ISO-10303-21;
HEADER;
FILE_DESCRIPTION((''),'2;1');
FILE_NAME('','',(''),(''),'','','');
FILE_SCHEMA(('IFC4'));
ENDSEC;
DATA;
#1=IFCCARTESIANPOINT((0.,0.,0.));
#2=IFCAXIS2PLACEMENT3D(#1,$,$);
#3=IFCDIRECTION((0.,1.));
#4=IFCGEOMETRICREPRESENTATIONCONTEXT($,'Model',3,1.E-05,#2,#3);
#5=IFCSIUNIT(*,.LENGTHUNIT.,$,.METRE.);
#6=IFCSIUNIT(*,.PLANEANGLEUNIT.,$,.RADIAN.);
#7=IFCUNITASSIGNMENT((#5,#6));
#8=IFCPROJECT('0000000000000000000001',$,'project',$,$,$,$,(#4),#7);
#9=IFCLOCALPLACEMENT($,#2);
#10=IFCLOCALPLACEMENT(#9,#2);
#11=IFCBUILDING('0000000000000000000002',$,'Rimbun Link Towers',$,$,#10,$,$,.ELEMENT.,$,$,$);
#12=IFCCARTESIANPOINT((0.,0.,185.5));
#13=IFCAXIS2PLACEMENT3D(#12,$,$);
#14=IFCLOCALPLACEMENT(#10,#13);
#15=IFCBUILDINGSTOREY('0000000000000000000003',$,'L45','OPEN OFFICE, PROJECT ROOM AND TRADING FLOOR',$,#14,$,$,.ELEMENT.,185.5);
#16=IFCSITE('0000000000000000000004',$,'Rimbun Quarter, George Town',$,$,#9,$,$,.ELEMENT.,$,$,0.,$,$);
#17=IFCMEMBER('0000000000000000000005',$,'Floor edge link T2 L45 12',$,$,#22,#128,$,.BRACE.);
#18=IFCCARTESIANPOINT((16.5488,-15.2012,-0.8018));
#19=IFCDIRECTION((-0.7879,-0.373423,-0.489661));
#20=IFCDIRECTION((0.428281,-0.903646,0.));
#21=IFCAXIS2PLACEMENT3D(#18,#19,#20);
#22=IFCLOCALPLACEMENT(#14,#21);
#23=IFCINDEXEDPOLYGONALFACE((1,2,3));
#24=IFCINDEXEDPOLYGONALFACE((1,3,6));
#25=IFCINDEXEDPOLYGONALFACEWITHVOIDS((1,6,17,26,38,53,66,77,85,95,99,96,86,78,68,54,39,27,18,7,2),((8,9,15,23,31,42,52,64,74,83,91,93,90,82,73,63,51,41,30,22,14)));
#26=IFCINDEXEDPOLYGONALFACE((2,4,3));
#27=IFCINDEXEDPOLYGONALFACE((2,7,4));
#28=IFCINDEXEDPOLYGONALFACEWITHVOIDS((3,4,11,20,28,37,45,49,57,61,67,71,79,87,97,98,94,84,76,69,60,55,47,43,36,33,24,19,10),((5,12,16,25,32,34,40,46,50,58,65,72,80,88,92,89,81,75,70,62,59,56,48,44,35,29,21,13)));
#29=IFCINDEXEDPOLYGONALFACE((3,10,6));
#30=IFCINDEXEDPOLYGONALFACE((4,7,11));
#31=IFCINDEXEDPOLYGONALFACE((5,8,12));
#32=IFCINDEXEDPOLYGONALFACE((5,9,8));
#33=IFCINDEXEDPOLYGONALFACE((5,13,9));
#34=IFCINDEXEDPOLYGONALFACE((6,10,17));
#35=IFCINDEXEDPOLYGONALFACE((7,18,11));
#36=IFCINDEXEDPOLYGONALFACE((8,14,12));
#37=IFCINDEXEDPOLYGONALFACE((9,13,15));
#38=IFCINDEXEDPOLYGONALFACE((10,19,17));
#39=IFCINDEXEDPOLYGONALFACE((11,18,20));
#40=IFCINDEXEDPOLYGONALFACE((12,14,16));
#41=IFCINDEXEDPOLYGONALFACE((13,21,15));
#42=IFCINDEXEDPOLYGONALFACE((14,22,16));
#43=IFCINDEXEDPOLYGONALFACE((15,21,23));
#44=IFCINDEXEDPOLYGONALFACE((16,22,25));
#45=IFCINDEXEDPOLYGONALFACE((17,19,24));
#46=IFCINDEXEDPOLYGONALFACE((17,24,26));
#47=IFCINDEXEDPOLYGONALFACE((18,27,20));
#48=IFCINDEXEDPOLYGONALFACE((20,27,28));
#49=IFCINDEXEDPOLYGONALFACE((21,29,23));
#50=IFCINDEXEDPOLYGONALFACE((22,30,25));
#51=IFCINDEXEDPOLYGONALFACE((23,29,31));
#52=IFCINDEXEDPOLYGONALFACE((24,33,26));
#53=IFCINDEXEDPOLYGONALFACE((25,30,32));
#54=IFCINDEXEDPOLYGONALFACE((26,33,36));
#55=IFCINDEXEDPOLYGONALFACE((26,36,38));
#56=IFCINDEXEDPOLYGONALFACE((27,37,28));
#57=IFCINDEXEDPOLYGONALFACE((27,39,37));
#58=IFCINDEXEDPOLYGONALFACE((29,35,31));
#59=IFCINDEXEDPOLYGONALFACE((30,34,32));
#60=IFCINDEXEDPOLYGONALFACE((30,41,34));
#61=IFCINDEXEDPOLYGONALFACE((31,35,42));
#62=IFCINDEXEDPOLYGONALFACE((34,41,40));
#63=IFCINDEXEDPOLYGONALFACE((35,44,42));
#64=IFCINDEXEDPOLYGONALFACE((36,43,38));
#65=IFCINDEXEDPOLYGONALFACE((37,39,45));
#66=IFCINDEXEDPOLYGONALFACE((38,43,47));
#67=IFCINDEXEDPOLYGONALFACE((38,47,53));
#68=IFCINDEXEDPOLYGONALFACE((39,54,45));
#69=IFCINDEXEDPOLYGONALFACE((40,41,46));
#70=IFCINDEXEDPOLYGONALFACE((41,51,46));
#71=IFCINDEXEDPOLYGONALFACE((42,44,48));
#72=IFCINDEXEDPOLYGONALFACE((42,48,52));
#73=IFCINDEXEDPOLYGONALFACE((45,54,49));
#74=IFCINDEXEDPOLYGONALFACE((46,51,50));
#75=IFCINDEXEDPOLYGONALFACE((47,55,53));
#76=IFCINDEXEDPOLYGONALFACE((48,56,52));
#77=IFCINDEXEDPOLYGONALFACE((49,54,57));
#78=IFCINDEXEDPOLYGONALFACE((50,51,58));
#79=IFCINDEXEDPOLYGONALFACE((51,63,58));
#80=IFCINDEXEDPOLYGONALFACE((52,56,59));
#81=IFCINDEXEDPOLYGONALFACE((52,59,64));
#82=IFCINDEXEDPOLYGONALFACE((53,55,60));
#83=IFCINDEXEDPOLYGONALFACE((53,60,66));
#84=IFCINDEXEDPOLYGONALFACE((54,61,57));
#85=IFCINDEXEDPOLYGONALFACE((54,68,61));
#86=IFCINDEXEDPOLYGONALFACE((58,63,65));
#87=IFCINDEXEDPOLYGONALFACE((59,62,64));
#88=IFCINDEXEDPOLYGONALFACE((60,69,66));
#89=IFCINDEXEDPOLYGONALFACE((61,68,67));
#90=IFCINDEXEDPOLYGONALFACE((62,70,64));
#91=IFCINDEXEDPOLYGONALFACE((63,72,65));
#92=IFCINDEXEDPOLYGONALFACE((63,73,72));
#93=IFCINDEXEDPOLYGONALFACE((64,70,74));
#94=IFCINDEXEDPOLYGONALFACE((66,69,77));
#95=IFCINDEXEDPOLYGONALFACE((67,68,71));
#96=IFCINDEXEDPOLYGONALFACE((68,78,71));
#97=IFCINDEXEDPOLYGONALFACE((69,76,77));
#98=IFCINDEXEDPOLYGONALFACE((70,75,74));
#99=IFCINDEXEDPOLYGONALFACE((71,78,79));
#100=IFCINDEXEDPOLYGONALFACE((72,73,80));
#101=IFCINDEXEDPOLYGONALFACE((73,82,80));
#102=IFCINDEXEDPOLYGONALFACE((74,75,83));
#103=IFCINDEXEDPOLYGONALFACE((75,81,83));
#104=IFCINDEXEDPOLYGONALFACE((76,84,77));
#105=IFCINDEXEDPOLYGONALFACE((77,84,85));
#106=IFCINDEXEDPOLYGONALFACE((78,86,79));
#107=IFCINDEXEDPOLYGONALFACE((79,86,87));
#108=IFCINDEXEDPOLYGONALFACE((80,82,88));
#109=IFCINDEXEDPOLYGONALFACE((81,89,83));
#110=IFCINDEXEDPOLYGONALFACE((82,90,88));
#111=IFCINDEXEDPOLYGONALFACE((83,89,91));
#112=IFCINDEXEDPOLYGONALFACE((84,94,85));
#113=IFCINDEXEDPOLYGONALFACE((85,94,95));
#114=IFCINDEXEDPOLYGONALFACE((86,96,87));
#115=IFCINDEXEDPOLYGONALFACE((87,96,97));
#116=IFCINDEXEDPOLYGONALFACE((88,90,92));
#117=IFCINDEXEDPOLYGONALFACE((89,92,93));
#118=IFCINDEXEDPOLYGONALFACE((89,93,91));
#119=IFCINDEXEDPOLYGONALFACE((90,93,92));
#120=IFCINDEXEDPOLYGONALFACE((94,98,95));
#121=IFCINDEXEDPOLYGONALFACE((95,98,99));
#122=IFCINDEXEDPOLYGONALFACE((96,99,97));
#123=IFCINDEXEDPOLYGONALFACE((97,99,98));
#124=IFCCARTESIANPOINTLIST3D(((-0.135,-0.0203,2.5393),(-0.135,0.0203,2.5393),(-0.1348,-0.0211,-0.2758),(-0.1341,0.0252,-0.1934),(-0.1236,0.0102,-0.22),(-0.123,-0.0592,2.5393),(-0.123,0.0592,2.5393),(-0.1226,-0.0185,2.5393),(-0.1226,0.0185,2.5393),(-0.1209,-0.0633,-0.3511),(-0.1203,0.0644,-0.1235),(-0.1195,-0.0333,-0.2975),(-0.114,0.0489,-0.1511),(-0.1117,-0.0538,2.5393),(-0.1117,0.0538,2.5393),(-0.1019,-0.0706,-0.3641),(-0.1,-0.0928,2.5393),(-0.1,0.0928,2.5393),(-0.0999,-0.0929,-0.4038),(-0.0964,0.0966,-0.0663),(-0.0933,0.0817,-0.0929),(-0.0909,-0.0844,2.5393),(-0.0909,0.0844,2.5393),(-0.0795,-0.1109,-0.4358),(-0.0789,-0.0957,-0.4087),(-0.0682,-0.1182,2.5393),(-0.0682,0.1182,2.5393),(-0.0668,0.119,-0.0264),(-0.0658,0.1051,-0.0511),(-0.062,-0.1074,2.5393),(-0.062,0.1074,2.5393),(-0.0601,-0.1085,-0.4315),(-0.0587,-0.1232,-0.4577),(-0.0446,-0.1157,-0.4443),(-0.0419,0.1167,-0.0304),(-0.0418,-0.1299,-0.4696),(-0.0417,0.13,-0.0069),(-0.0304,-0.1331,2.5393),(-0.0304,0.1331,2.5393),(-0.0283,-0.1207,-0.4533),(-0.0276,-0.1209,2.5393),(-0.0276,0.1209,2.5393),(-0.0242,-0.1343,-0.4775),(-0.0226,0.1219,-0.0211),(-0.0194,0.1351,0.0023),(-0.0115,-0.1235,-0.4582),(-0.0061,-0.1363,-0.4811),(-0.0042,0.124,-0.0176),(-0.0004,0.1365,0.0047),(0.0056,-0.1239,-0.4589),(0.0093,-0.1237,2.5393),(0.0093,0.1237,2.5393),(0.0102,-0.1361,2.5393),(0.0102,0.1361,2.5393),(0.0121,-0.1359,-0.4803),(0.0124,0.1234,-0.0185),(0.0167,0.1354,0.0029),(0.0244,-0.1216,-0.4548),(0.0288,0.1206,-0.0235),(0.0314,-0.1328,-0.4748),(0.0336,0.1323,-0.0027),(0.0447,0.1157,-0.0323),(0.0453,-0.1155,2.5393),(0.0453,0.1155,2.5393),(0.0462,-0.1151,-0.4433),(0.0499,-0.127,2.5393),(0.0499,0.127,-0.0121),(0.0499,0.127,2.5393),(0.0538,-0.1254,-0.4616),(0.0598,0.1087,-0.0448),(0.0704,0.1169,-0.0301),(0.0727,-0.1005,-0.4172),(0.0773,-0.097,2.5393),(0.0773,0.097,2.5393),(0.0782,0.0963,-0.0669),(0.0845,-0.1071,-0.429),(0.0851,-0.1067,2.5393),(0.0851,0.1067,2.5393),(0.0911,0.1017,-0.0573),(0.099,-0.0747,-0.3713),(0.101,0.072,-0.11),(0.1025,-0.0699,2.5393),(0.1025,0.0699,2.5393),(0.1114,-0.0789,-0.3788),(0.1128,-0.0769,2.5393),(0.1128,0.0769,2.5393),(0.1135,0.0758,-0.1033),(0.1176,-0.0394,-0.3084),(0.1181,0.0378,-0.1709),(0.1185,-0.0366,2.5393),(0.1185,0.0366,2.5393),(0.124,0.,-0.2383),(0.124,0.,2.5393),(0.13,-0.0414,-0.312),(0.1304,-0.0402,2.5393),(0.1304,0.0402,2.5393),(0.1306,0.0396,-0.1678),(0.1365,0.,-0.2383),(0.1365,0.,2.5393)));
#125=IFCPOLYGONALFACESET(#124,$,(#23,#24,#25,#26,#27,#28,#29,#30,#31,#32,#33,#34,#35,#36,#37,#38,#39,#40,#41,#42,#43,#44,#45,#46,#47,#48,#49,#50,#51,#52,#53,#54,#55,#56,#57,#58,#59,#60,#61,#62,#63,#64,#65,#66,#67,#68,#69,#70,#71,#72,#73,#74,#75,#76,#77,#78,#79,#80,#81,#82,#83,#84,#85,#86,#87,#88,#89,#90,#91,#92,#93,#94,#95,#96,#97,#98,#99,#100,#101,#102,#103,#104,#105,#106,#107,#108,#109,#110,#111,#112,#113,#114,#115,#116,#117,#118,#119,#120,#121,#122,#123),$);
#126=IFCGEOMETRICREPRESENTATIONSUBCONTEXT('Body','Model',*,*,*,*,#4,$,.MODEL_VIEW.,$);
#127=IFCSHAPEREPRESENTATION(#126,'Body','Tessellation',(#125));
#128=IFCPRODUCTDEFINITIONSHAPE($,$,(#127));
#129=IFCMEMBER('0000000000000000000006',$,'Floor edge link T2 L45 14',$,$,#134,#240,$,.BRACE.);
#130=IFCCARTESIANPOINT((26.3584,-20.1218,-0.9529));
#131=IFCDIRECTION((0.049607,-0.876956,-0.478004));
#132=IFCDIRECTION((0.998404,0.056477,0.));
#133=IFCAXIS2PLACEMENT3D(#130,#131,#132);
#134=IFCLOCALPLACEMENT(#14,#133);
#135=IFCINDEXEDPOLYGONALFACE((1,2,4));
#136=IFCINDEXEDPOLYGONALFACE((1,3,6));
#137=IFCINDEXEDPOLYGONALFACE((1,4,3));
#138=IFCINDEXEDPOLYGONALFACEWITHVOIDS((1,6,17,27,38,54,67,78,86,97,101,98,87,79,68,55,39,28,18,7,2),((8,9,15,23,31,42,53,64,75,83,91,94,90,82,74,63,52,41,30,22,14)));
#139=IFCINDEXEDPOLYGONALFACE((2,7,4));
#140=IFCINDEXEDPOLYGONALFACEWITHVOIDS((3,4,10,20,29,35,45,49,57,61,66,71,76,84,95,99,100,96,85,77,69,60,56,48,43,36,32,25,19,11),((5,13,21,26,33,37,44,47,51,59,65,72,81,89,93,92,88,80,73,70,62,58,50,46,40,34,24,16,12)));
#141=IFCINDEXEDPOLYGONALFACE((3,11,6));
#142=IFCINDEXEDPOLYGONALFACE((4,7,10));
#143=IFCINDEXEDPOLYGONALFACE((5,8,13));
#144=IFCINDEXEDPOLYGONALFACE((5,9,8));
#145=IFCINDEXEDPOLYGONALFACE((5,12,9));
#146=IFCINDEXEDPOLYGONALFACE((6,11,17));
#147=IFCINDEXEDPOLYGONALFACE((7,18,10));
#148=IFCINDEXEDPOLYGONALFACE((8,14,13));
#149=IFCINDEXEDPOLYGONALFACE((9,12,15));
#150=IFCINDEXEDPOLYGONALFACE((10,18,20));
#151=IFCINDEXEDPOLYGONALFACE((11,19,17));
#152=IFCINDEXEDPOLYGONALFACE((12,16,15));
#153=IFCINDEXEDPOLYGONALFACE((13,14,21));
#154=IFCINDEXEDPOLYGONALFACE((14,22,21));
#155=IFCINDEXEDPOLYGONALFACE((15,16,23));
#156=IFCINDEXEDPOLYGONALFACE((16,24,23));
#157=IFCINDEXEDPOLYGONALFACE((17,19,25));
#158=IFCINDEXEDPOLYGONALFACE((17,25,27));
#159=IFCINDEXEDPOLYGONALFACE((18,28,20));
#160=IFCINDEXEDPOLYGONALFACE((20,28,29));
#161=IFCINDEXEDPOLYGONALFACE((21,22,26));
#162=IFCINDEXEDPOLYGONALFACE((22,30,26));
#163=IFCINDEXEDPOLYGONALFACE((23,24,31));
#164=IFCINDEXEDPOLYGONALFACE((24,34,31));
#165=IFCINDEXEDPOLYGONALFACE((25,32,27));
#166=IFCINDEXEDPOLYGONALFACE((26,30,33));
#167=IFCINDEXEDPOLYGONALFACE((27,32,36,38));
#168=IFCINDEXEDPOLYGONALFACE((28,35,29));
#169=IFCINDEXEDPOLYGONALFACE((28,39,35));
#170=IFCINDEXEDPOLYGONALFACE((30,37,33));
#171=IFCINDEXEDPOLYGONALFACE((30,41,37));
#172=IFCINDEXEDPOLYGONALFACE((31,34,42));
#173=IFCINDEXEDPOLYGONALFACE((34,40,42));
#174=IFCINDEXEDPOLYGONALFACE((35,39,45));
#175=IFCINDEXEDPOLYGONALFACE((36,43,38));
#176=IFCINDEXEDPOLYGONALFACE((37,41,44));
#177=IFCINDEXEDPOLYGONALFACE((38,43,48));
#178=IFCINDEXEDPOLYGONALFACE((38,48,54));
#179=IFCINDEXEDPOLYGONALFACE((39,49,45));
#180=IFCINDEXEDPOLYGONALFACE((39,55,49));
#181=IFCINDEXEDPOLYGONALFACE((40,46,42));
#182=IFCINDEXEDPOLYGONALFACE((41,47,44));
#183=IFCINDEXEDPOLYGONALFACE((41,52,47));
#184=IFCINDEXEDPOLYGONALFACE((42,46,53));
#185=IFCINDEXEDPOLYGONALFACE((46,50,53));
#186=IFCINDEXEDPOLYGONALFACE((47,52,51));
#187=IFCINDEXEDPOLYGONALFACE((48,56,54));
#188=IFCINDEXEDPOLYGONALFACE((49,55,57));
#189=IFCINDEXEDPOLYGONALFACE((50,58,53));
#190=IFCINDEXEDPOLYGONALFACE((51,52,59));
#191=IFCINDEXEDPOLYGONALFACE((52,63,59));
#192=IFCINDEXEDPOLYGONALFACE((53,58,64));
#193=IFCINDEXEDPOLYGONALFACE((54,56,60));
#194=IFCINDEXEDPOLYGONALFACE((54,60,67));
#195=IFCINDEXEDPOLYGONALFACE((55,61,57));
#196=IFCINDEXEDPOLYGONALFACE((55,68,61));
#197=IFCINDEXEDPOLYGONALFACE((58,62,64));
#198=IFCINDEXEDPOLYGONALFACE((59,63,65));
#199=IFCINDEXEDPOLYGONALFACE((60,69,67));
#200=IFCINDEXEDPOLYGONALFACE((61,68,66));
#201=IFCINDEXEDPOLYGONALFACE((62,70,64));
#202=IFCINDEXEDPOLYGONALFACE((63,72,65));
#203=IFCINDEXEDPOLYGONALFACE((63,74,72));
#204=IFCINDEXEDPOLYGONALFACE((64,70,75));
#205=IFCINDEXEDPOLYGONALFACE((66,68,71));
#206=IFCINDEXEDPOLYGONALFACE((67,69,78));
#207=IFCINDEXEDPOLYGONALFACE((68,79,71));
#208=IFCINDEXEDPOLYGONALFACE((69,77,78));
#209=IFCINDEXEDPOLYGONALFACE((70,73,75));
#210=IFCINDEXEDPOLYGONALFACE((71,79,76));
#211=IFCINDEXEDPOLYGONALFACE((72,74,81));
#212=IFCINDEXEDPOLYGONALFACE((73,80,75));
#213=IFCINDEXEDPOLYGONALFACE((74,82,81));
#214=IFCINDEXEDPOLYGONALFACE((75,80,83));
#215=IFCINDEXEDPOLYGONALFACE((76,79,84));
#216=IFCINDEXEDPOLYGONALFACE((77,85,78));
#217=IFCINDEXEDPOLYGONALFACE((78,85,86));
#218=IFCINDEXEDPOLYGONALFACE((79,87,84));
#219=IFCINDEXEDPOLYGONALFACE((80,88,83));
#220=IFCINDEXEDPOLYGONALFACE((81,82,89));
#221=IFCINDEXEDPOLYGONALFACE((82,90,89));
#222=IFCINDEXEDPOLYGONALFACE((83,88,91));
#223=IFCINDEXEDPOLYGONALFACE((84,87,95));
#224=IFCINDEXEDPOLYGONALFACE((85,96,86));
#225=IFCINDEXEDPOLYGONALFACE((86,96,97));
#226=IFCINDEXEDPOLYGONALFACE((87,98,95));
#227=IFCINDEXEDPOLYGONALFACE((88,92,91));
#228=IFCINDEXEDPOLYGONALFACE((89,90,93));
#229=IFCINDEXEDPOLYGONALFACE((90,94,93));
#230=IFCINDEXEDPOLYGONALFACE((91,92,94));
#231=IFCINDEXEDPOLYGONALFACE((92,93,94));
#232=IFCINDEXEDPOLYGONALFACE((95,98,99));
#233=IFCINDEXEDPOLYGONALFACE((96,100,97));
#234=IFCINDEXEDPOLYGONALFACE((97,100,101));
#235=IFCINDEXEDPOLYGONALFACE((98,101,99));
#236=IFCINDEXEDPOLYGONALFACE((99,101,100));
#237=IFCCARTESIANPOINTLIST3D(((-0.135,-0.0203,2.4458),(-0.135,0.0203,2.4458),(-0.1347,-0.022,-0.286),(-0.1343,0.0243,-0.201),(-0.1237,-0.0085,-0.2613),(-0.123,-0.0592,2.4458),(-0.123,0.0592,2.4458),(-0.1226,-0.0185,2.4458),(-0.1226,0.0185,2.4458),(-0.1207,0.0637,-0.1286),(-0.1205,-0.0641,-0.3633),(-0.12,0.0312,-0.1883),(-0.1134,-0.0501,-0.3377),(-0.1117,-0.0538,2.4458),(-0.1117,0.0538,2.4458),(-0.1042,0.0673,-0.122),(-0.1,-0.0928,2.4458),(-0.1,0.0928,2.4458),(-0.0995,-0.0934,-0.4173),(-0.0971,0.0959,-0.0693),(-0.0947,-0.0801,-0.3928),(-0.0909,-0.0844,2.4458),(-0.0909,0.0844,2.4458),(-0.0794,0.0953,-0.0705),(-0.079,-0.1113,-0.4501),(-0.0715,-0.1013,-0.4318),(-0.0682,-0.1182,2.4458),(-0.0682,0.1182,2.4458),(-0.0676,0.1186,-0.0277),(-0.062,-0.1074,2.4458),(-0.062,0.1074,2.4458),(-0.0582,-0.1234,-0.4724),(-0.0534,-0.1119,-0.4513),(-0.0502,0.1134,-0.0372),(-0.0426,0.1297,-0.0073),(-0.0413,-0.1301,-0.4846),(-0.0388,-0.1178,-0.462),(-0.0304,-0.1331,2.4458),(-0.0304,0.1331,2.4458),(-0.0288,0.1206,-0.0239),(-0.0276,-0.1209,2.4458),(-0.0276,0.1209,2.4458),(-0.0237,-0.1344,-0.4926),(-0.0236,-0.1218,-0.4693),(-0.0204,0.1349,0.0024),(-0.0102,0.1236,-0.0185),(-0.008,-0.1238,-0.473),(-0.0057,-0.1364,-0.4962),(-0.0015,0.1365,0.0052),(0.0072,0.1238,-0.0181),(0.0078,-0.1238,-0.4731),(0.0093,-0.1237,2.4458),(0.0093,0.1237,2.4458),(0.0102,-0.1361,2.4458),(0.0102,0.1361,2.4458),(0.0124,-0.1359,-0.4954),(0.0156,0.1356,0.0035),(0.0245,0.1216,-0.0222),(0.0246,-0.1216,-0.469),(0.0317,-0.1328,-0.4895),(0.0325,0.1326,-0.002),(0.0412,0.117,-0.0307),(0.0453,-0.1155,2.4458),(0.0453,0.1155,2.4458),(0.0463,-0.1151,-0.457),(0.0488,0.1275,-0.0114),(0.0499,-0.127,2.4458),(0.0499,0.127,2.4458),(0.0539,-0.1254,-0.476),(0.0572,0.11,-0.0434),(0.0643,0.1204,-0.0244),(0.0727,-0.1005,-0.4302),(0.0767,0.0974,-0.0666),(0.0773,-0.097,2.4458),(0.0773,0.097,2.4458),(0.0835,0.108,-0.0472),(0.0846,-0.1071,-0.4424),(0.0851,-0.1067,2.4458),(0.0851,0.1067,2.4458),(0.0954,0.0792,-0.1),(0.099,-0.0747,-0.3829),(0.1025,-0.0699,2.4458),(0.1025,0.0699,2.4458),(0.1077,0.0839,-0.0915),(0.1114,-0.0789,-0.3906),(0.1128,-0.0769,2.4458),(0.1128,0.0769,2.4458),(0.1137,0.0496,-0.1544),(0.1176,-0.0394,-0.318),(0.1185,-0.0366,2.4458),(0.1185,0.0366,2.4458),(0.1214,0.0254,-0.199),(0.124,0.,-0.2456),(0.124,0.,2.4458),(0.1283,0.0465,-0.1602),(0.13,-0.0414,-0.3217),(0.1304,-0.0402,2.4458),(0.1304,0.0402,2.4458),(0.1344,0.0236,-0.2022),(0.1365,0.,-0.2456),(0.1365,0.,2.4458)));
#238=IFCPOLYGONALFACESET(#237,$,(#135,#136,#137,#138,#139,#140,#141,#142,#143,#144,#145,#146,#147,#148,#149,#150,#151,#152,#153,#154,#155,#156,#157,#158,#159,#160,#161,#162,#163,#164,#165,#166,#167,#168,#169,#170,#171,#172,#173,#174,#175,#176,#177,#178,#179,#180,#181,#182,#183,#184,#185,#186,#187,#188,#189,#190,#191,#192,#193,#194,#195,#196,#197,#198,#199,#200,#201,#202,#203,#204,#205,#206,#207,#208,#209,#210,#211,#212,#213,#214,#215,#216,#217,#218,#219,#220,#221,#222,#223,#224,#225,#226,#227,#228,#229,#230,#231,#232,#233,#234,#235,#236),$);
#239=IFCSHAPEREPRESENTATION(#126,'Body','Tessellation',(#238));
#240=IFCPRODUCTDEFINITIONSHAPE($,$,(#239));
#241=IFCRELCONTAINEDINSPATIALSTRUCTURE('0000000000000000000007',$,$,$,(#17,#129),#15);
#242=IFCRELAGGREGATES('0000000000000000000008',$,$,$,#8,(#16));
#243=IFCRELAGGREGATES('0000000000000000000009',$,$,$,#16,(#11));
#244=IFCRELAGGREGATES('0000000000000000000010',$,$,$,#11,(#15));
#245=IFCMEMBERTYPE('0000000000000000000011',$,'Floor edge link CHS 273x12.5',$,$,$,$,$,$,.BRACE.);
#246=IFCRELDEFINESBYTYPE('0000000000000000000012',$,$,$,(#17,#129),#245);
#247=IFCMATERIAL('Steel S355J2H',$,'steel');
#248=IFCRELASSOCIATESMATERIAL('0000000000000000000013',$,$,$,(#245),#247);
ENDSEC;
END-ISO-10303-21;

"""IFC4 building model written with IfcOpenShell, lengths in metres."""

from ifc_helpers import new_model, si_unit, direction, frame, origin, origin_2d, place, context, subcontext, project, spatial, hollow_circle, extrude, clip, halfspace, material, material_profile, profile_set, type_object, element, save


model = new_model("IFC4")

# Units and contexts
model_context = context("Model", 3, precision=1e-05, world=origin(), true_north=direction((0.0, 1.0)))
body_context = subcontext(model_context, "Body", "Model", "MODEL_VIEW")
ifc_project = project(units=[si_unit("LENGTHUNIT", "METRE"), si_unit("PLANEANGLEUNIT", "RADIAN")], contexts=[model_context])

# Site, building, storey
site_placement = place(None, origin())
site = spatial("IfcSite", under=ifc_project, at=site_placement, Name="Rimbun Quarter, George Town", CompositionType="ELEMENT", RefElevation=0.0)
building_placement = place(site_placement, origin())
building = spatial("IfcBuilding", under=site, at=building_placement, Name="Rimbun Link Towers", CompositionType="ELEMENT")
storey_placement = place(building_placement, frame((0.0, 0.0, 185.5)))
storey = spatial("IfcBuildingStorey", under=building, at=storey_placement, Name="L45", Description="OPEN OFFICE, PROJECT ROOM AND TRADING FLOOR", CompositionType="ELEMENT", Elevation=185.5)

# Members
ifc_material_1 = material(Name="Steel S355J2H", Category="steel")
ifc_material_profile_1 = material_profile(ifc_material_1, hollow_circle(Radius=0.1365, WallThickness=0.0125, at=origin_2d()), Name="CHS 273x12.5")
ifc_profile_set_1 = profile_set([ifc_material_profile_1], Name="Steel S355J2H")
member_type_1 = type_object("IfcMemberType", Name="Floor edge link CHS 273x12.5", PredefinedType="BRACE", material=ifc_profile_set_1)
member_1_placement = place(storey_placement, frame((16.5488, -15.2012, -0.8018), z_axis=(-0.7879, -0.373423, -0.489661), x_axis=(0.428281, -0.903646, 0.0)))
element("IfcMember", 1, at=member_1_placement, inside=storey, type_object=member_type_1, Name="Floor edge link T2 L45 12", PredefinedType="BRACE", context=body_context, shape_type="Clipping", body=[
    clip(extrude(hollow_circle(Radius=0.1365, WallThickness=0.0125, at=origin_2d()), frame((0.0, 0.0, -0.5066)), (0.0, 0.0, 1.0), 3.0459), halfspace(frame((0.0, 0.0, -0.2383), z_axis=(0.0, 0.871913, -0.489661)), False)),
])
member_2_placement = place(storey_placement, frame((26.3584, -20.1218, -0.9529), z_axis=(0.049607, -0.876956, -0.478004), x_axis=(0.998404, 0.056477, 0.0)))
element("IfcMember", 2, at=member_2_placement, inside=storey, type_object=member_type_1, Name="Floor edge link T2 L45 14", PredefinedType="BRACE", context=body_context, shape_type="Clipping", body=[
    clip(extrude(hollow_circle(Radius=0.1365, WallThickness=0.0125, at=origin_2d()), frame((0.0, 0.0, -0.5227)), (0.0, 0.0, 1.0), 2.9685), halfspace(frame((0.0, 0.0, -0.2456), z_axis=(0.0, 0.878358, -0.478004)), False)),
])

save(model, "model.ifc")
